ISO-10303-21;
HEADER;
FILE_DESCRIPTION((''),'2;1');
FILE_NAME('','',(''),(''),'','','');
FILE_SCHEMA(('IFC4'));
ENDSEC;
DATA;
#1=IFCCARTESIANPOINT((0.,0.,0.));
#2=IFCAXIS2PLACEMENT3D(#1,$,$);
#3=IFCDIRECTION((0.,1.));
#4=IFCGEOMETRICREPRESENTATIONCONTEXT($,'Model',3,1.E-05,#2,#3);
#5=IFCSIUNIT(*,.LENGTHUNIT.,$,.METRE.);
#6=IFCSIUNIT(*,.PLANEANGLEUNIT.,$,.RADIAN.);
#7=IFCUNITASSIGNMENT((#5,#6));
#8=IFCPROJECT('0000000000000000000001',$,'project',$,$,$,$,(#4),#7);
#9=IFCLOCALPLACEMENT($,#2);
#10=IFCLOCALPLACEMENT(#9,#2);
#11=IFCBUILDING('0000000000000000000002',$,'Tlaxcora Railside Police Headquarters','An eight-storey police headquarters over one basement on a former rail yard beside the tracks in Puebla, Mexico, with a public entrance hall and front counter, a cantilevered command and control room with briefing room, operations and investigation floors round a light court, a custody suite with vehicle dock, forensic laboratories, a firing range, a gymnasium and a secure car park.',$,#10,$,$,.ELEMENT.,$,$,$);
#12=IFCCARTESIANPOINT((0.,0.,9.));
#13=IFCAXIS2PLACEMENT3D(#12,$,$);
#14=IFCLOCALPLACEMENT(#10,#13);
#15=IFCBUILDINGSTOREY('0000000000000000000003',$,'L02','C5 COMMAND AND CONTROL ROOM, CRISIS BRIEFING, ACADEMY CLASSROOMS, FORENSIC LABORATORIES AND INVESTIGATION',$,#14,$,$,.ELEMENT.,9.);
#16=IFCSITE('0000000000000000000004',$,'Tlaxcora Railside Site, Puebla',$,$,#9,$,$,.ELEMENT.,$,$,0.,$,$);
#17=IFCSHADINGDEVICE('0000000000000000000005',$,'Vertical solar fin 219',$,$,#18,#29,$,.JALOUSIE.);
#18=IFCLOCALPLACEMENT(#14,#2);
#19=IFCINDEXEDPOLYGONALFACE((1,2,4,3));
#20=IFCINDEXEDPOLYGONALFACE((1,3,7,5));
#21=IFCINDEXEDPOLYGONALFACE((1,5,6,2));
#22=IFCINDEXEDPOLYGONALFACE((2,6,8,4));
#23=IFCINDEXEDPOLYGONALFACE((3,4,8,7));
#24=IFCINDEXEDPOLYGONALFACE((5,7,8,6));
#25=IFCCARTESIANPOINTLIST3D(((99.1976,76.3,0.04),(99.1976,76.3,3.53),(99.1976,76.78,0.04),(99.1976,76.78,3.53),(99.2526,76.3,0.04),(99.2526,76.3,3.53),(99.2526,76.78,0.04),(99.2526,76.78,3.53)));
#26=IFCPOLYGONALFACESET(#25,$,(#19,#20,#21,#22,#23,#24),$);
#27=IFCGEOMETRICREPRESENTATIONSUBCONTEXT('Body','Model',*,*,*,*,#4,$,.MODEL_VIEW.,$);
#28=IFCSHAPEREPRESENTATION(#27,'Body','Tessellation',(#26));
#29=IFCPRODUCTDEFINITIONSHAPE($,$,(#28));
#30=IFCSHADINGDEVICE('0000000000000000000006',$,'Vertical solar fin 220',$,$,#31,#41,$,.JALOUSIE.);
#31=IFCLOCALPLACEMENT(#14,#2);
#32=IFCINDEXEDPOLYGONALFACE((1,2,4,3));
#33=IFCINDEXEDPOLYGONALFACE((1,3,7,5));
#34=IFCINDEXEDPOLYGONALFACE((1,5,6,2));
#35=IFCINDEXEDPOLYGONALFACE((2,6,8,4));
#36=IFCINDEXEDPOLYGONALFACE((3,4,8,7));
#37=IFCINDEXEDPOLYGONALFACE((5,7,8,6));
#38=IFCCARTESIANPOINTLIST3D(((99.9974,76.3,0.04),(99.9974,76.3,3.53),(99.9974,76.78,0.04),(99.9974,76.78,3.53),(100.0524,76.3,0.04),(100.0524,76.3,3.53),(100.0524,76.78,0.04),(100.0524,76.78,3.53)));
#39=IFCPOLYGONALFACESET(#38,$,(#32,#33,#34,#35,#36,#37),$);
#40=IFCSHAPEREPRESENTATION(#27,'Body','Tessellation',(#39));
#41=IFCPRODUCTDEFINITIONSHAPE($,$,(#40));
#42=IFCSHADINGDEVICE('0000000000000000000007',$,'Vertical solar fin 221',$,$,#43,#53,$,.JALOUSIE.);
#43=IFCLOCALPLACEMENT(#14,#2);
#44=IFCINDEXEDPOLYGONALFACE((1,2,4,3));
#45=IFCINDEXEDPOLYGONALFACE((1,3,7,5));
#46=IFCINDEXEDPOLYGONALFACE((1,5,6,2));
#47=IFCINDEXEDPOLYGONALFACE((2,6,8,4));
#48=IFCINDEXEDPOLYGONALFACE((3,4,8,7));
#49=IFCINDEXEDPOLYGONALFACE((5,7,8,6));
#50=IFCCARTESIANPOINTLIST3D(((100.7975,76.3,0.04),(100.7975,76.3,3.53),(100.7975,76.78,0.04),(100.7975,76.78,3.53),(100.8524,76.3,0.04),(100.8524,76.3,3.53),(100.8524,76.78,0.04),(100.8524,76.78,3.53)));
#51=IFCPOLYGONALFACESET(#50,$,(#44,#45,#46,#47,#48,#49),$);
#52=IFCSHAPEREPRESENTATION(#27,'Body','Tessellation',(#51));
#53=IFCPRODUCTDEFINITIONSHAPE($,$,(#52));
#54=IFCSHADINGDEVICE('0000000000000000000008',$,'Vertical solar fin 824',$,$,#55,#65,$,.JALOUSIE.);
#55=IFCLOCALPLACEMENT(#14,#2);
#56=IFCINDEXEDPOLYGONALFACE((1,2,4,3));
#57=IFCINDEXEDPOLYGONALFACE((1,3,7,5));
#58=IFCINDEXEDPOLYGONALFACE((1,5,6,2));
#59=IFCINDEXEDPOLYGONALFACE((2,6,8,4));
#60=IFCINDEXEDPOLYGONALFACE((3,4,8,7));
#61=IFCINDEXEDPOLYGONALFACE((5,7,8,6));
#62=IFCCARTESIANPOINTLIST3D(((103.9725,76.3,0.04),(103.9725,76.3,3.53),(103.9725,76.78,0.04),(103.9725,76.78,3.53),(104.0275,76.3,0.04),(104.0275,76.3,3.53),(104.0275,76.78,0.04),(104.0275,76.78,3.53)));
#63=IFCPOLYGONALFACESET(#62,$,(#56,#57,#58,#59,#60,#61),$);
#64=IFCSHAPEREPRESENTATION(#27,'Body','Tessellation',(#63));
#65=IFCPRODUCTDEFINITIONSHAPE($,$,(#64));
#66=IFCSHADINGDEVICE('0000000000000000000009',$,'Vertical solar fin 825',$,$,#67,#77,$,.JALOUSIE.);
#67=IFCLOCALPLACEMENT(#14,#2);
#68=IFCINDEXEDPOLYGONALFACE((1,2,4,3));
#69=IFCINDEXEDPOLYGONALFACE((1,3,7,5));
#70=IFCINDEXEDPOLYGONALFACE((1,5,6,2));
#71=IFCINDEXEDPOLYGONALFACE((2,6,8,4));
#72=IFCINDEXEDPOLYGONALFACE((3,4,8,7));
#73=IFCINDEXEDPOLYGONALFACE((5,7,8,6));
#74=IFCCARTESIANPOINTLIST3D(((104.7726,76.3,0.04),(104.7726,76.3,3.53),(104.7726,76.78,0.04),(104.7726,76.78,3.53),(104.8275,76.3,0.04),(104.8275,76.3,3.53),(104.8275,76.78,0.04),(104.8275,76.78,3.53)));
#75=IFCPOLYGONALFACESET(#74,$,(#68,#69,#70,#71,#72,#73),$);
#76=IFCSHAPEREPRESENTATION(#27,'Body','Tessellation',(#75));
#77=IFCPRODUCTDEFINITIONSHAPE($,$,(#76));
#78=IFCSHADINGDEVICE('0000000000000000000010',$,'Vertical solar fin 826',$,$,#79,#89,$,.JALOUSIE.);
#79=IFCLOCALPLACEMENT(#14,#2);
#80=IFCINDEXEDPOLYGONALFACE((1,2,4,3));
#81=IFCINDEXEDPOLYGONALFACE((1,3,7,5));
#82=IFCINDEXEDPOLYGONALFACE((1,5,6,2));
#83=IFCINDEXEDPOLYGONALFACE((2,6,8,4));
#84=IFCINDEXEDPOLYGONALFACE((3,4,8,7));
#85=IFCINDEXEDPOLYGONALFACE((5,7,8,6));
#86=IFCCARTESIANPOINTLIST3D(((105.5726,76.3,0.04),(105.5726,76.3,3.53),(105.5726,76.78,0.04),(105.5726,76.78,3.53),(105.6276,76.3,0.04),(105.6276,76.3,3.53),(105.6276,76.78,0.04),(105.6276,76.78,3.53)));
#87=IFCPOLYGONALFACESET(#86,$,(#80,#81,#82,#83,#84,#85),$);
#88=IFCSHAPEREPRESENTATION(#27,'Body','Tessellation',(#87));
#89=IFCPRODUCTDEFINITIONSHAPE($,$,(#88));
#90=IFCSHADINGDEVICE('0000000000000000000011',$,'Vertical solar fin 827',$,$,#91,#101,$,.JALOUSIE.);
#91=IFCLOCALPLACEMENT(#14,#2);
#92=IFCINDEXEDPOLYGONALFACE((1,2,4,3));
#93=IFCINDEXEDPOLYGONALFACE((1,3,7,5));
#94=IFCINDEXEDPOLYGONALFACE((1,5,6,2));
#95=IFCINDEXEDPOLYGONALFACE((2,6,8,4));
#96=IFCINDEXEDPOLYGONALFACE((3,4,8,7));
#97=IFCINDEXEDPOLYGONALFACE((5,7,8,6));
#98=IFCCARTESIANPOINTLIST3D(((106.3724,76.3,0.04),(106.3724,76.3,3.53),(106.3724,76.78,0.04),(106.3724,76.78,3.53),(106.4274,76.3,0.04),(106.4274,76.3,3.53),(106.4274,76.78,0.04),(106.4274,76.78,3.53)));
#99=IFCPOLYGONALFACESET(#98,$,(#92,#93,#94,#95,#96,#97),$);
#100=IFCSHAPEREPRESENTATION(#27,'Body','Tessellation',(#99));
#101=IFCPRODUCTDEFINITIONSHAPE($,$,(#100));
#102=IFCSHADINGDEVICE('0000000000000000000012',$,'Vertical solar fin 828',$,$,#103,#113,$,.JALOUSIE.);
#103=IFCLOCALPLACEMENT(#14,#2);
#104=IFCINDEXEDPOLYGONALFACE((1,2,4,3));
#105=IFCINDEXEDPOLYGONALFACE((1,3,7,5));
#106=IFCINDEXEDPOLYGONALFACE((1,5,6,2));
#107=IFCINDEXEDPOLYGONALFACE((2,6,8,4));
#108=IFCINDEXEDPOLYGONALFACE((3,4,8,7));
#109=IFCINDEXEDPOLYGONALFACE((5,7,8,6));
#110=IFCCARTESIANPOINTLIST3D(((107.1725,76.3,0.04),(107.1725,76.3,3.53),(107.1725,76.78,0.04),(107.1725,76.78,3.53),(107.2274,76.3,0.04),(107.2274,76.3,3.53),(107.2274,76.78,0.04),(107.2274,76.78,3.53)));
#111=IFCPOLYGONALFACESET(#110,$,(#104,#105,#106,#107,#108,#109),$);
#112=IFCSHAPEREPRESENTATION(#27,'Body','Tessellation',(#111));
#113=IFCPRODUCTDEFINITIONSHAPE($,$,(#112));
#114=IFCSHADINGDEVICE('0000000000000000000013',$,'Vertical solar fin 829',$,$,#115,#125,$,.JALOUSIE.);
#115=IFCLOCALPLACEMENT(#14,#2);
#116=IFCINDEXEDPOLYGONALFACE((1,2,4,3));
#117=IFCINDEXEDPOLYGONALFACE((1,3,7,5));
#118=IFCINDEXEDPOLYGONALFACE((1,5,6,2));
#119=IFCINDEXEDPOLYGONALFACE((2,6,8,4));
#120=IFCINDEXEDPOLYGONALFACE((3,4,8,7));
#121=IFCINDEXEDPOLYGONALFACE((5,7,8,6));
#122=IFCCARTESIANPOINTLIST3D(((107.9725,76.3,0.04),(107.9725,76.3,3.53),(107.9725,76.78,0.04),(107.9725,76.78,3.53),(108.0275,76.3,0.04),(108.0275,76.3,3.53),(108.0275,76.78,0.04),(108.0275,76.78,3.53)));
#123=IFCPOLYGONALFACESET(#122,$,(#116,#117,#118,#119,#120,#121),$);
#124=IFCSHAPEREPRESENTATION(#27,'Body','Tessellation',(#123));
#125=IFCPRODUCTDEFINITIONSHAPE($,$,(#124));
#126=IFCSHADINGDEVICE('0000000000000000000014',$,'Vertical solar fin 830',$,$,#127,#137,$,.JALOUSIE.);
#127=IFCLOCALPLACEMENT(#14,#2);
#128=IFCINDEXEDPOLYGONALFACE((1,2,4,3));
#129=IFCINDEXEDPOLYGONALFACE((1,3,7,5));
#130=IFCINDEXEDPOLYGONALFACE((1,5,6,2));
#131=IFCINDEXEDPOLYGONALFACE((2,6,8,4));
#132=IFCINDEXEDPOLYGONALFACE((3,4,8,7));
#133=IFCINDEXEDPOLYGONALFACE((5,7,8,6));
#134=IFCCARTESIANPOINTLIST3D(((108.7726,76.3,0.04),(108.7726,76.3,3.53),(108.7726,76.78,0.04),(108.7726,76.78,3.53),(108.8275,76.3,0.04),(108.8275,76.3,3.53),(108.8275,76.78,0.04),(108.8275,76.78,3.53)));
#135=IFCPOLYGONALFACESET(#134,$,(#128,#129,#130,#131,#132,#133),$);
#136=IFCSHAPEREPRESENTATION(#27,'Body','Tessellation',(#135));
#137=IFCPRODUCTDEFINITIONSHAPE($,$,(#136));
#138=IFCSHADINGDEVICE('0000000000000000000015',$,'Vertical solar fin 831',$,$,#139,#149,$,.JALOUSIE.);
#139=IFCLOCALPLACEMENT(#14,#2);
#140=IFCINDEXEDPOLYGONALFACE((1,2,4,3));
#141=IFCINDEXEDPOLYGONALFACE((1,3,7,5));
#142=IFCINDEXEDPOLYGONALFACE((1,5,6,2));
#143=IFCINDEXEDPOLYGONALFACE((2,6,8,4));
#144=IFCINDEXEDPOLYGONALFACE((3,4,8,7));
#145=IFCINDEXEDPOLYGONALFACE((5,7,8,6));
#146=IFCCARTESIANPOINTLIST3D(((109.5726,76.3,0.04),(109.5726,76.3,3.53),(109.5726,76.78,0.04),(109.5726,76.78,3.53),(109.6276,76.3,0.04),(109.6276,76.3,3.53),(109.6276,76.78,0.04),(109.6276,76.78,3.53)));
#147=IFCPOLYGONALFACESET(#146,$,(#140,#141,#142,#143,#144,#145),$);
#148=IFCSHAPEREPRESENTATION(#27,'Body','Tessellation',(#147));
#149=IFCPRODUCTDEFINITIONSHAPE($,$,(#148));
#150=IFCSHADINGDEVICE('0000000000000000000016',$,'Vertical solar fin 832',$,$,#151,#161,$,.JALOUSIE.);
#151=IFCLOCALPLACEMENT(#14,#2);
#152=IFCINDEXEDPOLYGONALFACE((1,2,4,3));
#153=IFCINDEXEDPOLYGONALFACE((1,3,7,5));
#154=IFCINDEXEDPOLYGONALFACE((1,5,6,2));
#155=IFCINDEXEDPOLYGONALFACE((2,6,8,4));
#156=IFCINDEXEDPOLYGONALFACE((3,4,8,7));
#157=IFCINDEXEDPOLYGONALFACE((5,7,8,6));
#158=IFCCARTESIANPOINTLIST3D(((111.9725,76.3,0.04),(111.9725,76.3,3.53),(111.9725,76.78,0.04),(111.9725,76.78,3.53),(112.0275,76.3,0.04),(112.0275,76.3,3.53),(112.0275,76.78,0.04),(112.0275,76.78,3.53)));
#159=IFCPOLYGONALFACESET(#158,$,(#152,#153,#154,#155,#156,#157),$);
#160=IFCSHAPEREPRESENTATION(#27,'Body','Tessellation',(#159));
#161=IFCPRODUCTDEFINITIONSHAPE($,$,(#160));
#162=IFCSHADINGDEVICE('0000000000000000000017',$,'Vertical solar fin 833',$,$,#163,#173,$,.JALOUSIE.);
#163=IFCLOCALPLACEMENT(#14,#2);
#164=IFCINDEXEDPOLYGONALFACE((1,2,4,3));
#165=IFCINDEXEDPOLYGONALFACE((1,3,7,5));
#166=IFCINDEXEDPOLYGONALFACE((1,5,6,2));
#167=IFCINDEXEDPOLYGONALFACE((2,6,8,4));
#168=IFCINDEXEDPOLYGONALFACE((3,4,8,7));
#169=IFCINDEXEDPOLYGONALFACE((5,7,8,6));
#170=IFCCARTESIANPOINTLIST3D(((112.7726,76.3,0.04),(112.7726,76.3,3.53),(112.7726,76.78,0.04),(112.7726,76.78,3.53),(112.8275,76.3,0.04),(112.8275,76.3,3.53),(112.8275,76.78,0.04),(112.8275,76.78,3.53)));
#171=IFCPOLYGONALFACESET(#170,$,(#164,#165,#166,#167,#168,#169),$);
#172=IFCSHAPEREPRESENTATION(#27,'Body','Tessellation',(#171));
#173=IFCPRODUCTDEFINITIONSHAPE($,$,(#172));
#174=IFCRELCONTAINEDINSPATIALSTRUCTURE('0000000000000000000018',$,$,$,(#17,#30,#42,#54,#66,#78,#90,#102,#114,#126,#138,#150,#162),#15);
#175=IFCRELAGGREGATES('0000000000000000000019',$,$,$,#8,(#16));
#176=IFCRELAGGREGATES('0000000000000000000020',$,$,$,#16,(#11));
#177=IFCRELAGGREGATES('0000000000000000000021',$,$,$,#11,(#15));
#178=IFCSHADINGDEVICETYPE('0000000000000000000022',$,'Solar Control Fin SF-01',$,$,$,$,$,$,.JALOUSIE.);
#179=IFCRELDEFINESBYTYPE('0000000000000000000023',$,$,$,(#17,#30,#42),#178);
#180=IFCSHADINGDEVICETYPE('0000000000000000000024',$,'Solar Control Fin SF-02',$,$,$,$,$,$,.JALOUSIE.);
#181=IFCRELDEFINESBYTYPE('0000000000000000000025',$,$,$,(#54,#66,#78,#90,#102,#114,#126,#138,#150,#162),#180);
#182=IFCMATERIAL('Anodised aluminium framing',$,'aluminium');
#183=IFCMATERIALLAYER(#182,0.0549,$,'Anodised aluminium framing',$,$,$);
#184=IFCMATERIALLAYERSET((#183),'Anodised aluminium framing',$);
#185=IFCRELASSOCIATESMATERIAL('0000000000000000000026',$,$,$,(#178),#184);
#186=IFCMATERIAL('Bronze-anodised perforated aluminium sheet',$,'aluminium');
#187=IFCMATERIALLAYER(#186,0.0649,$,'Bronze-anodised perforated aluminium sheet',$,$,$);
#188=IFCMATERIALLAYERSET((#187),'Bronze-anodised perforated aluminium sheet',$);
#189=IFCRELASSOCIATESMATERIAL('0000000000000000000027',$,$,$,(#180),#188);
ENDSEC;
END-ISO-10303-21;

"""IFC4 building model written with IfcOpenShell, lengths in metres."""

from ifc_helpers import new_model, si_unit, direction, frame, origin, origin_2d, place, context, subcontext, project, spatial, rectangle, extrude, material, layer, layer_set, type_object, element, save


model = new_model("IFC4")

# Units and contexts
model_context = context("Model", 3, precision=1e-05, world=origin(), true_north=direction((0.0, 1.0)))
body_context = subcontext(model_context, "Body", "Model", "MODEL_VIEW")
ifc_project = project(units=[si_unit("LENGTHUNIT", "METRE"), si_unit("PLANEANGLEUNIT", "RADIAN")], contexts=[model_context])

# Site, building, storey
site_placement = place(None, origin())
site = spatial("IfcSite", under=ifc_project, at=site_placement, Name="Tlaxcora Railside Site, Puebla", CompositionType="ELEMENT", RefElevation=0.0)
building_placement = place(site_placement, origin())
building = spatial("IfcBuilding", under=site, at=building_placement, Name="Tlaxcora Railside Police Headquarters", Description="An eight-storey police headquarters over one basement on a former rail yard beside the tracks in Puebla, Mexico, with a public entrance hall and front counter, a cantilevered command and control room with briefing room, operations and investigation floors round a light court, a custody suite with vehicle dock, forensic laboratories, a firing range, a gymnasium and a secure car park.", CompositionType="ELEMENT")
storey_placement = place(building_placement, frame((0.0, 0.0, 9.0)))
storey = spatial("IfcBuildingStorey", under=building, at=storey_placement, Name="L02", Description="C5 COMMAND AND CONTROL ROOM, CRISIS BRIEFING, ACADEMY CLASSROOMS, FORENSIC LABORATORIES AND INVESTIGATION", CompositionType="ELEMENT", Elevation=9.0)

# Shading devices
ifc_material_1 = material(Name="Anodised aluminium framing", Category="aluminium")
ifc_layer_1 = layer(ifc_material_1, 0.0549, Name="Anodised aluminium framing")
ifc_layer_set_1 = layer_set([ifc_layer_1], Name="Anodised aluminium framing")
shading_device_type_1 = type_object("IfcShadingDeviceType", Name="Solar Control Fin SF-01", PredefinedType="JALOUSIE", material=ifc_layer_set_1)
for number, where, z_axis, x_axis, name in (
    (1, (99.2251, 76.54, 0.04), (0.0, 0.0, 1.0), (0.0, -1.0, 0.0), "Vertical solar fin 219"),
    (2, (100.0249, 76.54, 0.04), (0.0, 0.0, 1.0), (0.0, -1.0, 0.0), "Vertical solar fin 220"),
    (3, (100.825, 76.54, 0.04), (0.0, 0.0, 1.0), (0.0, -1.0, 0.0), "Vertical solar fin 221"),
):
    element("IfcShadingDevice", number, at=place(storey_placement, frame(where, z_axis=z_axis, x_axis=x_axis)), inside=storey, type_object=shading_device_type_1, Name=name, PredefinedType="JALOUSIE", context=body_context, shape_type="SweptSolid", body=[
        extrude(rectangle(XDim=0.48, YDim=0.0549, at=origin_2d()), origin(), (0.0, 0.0, 1.0), 3.49),
    ])
ifc_material_2 = material(Name="Bronze-anodised perforated aluminium sheet", Category="aluminium")
ifc_layer_2 = layer(ifc_material_2, 0.0649, Name="Bronze-anodised perforated aluminium sheet")
ifc_layer_set_2 = layer_set([ifc_layer_2], Name="Bronze-anodised perforated aluminium sheet")
shading_device_type_2 = type_object("IfcShadingDeviceType", Name="Solar Control Fin SF-02", PredefinedType="JALOUSIE", material=ifc_layer_set_2)
for number, where, z_axis, x_axis, name in (
    (4, (104.0, 76.54, 0.04), (0.0, 0.0, 1.0), (0.0, -1.0, 0.0), "Vertical solar fin 824"),
    (5, (104.8, 76.54, 0.04), (0.0, 0.0, 1.0), (0.0, -1.0, 0.0), "Vertical solar fin 825"),
    (6, (105.6001, 76.54, 0.04), (0.0, 0.0, 1.0), (0.0, -1.0, 0.0), "Vertical solar fin 826"),
    (7, (106.3999, 76.54, 0.04), (0.0, 0.0, 1.0), (0.0, -1.0, 0.0), "Vertical solar fin 827"),
    (8, (107.2, 76.54, 0.04), (0.0, 0.0, 1.0), (0.0, -1.0, 0.0), "Vertical solar fin 828"),
    (9, (108.0, 76.54, 0.04), (0.0, 0.0, 1.0), (0.0, -1.0, 0.0), "Vertical solar fin 829"),
    (10, (108.8, 76.54, 0.04), (0.0, 0.0, 1.0), (0.0, -1.0, 0.0), "Vertical solar fin 830"),
    (11, (109.6001, 76.54, 0.04), (0.0, 0.0, 1.0), (0.0, -1.0, 0.0), "Vertical solar fin 831"),
    (12, (112.0, 76.54, 0.04), (0.0, 0.0, 1.0), (0.0, -1.0, 0.0), "Vertical solar fin 832"),
    (13, (112.8, 76.54, 0.04), (0.0, 0.0, 1.0), (0.0, -1.0, 0.0), "Vertical solar fin 833"),
):
    element("IfcShadingDevice", number, at=place(storey_placement, frame(where, z_axis=z_axis, x_axis=x_axis)), inside=storey, type_object=shading_device_type_2, Name=name, PredefinedType="JALOUSIE", context=body_context, shape_type="SweptSolid", body=[
        extrude(rectangle(XDim=0.48, YDim=0.0549, at=origin_2d()), origin(), (0.0, 0.0, 1.0), 3.49),
    ])

save(model, "model.ifc")
